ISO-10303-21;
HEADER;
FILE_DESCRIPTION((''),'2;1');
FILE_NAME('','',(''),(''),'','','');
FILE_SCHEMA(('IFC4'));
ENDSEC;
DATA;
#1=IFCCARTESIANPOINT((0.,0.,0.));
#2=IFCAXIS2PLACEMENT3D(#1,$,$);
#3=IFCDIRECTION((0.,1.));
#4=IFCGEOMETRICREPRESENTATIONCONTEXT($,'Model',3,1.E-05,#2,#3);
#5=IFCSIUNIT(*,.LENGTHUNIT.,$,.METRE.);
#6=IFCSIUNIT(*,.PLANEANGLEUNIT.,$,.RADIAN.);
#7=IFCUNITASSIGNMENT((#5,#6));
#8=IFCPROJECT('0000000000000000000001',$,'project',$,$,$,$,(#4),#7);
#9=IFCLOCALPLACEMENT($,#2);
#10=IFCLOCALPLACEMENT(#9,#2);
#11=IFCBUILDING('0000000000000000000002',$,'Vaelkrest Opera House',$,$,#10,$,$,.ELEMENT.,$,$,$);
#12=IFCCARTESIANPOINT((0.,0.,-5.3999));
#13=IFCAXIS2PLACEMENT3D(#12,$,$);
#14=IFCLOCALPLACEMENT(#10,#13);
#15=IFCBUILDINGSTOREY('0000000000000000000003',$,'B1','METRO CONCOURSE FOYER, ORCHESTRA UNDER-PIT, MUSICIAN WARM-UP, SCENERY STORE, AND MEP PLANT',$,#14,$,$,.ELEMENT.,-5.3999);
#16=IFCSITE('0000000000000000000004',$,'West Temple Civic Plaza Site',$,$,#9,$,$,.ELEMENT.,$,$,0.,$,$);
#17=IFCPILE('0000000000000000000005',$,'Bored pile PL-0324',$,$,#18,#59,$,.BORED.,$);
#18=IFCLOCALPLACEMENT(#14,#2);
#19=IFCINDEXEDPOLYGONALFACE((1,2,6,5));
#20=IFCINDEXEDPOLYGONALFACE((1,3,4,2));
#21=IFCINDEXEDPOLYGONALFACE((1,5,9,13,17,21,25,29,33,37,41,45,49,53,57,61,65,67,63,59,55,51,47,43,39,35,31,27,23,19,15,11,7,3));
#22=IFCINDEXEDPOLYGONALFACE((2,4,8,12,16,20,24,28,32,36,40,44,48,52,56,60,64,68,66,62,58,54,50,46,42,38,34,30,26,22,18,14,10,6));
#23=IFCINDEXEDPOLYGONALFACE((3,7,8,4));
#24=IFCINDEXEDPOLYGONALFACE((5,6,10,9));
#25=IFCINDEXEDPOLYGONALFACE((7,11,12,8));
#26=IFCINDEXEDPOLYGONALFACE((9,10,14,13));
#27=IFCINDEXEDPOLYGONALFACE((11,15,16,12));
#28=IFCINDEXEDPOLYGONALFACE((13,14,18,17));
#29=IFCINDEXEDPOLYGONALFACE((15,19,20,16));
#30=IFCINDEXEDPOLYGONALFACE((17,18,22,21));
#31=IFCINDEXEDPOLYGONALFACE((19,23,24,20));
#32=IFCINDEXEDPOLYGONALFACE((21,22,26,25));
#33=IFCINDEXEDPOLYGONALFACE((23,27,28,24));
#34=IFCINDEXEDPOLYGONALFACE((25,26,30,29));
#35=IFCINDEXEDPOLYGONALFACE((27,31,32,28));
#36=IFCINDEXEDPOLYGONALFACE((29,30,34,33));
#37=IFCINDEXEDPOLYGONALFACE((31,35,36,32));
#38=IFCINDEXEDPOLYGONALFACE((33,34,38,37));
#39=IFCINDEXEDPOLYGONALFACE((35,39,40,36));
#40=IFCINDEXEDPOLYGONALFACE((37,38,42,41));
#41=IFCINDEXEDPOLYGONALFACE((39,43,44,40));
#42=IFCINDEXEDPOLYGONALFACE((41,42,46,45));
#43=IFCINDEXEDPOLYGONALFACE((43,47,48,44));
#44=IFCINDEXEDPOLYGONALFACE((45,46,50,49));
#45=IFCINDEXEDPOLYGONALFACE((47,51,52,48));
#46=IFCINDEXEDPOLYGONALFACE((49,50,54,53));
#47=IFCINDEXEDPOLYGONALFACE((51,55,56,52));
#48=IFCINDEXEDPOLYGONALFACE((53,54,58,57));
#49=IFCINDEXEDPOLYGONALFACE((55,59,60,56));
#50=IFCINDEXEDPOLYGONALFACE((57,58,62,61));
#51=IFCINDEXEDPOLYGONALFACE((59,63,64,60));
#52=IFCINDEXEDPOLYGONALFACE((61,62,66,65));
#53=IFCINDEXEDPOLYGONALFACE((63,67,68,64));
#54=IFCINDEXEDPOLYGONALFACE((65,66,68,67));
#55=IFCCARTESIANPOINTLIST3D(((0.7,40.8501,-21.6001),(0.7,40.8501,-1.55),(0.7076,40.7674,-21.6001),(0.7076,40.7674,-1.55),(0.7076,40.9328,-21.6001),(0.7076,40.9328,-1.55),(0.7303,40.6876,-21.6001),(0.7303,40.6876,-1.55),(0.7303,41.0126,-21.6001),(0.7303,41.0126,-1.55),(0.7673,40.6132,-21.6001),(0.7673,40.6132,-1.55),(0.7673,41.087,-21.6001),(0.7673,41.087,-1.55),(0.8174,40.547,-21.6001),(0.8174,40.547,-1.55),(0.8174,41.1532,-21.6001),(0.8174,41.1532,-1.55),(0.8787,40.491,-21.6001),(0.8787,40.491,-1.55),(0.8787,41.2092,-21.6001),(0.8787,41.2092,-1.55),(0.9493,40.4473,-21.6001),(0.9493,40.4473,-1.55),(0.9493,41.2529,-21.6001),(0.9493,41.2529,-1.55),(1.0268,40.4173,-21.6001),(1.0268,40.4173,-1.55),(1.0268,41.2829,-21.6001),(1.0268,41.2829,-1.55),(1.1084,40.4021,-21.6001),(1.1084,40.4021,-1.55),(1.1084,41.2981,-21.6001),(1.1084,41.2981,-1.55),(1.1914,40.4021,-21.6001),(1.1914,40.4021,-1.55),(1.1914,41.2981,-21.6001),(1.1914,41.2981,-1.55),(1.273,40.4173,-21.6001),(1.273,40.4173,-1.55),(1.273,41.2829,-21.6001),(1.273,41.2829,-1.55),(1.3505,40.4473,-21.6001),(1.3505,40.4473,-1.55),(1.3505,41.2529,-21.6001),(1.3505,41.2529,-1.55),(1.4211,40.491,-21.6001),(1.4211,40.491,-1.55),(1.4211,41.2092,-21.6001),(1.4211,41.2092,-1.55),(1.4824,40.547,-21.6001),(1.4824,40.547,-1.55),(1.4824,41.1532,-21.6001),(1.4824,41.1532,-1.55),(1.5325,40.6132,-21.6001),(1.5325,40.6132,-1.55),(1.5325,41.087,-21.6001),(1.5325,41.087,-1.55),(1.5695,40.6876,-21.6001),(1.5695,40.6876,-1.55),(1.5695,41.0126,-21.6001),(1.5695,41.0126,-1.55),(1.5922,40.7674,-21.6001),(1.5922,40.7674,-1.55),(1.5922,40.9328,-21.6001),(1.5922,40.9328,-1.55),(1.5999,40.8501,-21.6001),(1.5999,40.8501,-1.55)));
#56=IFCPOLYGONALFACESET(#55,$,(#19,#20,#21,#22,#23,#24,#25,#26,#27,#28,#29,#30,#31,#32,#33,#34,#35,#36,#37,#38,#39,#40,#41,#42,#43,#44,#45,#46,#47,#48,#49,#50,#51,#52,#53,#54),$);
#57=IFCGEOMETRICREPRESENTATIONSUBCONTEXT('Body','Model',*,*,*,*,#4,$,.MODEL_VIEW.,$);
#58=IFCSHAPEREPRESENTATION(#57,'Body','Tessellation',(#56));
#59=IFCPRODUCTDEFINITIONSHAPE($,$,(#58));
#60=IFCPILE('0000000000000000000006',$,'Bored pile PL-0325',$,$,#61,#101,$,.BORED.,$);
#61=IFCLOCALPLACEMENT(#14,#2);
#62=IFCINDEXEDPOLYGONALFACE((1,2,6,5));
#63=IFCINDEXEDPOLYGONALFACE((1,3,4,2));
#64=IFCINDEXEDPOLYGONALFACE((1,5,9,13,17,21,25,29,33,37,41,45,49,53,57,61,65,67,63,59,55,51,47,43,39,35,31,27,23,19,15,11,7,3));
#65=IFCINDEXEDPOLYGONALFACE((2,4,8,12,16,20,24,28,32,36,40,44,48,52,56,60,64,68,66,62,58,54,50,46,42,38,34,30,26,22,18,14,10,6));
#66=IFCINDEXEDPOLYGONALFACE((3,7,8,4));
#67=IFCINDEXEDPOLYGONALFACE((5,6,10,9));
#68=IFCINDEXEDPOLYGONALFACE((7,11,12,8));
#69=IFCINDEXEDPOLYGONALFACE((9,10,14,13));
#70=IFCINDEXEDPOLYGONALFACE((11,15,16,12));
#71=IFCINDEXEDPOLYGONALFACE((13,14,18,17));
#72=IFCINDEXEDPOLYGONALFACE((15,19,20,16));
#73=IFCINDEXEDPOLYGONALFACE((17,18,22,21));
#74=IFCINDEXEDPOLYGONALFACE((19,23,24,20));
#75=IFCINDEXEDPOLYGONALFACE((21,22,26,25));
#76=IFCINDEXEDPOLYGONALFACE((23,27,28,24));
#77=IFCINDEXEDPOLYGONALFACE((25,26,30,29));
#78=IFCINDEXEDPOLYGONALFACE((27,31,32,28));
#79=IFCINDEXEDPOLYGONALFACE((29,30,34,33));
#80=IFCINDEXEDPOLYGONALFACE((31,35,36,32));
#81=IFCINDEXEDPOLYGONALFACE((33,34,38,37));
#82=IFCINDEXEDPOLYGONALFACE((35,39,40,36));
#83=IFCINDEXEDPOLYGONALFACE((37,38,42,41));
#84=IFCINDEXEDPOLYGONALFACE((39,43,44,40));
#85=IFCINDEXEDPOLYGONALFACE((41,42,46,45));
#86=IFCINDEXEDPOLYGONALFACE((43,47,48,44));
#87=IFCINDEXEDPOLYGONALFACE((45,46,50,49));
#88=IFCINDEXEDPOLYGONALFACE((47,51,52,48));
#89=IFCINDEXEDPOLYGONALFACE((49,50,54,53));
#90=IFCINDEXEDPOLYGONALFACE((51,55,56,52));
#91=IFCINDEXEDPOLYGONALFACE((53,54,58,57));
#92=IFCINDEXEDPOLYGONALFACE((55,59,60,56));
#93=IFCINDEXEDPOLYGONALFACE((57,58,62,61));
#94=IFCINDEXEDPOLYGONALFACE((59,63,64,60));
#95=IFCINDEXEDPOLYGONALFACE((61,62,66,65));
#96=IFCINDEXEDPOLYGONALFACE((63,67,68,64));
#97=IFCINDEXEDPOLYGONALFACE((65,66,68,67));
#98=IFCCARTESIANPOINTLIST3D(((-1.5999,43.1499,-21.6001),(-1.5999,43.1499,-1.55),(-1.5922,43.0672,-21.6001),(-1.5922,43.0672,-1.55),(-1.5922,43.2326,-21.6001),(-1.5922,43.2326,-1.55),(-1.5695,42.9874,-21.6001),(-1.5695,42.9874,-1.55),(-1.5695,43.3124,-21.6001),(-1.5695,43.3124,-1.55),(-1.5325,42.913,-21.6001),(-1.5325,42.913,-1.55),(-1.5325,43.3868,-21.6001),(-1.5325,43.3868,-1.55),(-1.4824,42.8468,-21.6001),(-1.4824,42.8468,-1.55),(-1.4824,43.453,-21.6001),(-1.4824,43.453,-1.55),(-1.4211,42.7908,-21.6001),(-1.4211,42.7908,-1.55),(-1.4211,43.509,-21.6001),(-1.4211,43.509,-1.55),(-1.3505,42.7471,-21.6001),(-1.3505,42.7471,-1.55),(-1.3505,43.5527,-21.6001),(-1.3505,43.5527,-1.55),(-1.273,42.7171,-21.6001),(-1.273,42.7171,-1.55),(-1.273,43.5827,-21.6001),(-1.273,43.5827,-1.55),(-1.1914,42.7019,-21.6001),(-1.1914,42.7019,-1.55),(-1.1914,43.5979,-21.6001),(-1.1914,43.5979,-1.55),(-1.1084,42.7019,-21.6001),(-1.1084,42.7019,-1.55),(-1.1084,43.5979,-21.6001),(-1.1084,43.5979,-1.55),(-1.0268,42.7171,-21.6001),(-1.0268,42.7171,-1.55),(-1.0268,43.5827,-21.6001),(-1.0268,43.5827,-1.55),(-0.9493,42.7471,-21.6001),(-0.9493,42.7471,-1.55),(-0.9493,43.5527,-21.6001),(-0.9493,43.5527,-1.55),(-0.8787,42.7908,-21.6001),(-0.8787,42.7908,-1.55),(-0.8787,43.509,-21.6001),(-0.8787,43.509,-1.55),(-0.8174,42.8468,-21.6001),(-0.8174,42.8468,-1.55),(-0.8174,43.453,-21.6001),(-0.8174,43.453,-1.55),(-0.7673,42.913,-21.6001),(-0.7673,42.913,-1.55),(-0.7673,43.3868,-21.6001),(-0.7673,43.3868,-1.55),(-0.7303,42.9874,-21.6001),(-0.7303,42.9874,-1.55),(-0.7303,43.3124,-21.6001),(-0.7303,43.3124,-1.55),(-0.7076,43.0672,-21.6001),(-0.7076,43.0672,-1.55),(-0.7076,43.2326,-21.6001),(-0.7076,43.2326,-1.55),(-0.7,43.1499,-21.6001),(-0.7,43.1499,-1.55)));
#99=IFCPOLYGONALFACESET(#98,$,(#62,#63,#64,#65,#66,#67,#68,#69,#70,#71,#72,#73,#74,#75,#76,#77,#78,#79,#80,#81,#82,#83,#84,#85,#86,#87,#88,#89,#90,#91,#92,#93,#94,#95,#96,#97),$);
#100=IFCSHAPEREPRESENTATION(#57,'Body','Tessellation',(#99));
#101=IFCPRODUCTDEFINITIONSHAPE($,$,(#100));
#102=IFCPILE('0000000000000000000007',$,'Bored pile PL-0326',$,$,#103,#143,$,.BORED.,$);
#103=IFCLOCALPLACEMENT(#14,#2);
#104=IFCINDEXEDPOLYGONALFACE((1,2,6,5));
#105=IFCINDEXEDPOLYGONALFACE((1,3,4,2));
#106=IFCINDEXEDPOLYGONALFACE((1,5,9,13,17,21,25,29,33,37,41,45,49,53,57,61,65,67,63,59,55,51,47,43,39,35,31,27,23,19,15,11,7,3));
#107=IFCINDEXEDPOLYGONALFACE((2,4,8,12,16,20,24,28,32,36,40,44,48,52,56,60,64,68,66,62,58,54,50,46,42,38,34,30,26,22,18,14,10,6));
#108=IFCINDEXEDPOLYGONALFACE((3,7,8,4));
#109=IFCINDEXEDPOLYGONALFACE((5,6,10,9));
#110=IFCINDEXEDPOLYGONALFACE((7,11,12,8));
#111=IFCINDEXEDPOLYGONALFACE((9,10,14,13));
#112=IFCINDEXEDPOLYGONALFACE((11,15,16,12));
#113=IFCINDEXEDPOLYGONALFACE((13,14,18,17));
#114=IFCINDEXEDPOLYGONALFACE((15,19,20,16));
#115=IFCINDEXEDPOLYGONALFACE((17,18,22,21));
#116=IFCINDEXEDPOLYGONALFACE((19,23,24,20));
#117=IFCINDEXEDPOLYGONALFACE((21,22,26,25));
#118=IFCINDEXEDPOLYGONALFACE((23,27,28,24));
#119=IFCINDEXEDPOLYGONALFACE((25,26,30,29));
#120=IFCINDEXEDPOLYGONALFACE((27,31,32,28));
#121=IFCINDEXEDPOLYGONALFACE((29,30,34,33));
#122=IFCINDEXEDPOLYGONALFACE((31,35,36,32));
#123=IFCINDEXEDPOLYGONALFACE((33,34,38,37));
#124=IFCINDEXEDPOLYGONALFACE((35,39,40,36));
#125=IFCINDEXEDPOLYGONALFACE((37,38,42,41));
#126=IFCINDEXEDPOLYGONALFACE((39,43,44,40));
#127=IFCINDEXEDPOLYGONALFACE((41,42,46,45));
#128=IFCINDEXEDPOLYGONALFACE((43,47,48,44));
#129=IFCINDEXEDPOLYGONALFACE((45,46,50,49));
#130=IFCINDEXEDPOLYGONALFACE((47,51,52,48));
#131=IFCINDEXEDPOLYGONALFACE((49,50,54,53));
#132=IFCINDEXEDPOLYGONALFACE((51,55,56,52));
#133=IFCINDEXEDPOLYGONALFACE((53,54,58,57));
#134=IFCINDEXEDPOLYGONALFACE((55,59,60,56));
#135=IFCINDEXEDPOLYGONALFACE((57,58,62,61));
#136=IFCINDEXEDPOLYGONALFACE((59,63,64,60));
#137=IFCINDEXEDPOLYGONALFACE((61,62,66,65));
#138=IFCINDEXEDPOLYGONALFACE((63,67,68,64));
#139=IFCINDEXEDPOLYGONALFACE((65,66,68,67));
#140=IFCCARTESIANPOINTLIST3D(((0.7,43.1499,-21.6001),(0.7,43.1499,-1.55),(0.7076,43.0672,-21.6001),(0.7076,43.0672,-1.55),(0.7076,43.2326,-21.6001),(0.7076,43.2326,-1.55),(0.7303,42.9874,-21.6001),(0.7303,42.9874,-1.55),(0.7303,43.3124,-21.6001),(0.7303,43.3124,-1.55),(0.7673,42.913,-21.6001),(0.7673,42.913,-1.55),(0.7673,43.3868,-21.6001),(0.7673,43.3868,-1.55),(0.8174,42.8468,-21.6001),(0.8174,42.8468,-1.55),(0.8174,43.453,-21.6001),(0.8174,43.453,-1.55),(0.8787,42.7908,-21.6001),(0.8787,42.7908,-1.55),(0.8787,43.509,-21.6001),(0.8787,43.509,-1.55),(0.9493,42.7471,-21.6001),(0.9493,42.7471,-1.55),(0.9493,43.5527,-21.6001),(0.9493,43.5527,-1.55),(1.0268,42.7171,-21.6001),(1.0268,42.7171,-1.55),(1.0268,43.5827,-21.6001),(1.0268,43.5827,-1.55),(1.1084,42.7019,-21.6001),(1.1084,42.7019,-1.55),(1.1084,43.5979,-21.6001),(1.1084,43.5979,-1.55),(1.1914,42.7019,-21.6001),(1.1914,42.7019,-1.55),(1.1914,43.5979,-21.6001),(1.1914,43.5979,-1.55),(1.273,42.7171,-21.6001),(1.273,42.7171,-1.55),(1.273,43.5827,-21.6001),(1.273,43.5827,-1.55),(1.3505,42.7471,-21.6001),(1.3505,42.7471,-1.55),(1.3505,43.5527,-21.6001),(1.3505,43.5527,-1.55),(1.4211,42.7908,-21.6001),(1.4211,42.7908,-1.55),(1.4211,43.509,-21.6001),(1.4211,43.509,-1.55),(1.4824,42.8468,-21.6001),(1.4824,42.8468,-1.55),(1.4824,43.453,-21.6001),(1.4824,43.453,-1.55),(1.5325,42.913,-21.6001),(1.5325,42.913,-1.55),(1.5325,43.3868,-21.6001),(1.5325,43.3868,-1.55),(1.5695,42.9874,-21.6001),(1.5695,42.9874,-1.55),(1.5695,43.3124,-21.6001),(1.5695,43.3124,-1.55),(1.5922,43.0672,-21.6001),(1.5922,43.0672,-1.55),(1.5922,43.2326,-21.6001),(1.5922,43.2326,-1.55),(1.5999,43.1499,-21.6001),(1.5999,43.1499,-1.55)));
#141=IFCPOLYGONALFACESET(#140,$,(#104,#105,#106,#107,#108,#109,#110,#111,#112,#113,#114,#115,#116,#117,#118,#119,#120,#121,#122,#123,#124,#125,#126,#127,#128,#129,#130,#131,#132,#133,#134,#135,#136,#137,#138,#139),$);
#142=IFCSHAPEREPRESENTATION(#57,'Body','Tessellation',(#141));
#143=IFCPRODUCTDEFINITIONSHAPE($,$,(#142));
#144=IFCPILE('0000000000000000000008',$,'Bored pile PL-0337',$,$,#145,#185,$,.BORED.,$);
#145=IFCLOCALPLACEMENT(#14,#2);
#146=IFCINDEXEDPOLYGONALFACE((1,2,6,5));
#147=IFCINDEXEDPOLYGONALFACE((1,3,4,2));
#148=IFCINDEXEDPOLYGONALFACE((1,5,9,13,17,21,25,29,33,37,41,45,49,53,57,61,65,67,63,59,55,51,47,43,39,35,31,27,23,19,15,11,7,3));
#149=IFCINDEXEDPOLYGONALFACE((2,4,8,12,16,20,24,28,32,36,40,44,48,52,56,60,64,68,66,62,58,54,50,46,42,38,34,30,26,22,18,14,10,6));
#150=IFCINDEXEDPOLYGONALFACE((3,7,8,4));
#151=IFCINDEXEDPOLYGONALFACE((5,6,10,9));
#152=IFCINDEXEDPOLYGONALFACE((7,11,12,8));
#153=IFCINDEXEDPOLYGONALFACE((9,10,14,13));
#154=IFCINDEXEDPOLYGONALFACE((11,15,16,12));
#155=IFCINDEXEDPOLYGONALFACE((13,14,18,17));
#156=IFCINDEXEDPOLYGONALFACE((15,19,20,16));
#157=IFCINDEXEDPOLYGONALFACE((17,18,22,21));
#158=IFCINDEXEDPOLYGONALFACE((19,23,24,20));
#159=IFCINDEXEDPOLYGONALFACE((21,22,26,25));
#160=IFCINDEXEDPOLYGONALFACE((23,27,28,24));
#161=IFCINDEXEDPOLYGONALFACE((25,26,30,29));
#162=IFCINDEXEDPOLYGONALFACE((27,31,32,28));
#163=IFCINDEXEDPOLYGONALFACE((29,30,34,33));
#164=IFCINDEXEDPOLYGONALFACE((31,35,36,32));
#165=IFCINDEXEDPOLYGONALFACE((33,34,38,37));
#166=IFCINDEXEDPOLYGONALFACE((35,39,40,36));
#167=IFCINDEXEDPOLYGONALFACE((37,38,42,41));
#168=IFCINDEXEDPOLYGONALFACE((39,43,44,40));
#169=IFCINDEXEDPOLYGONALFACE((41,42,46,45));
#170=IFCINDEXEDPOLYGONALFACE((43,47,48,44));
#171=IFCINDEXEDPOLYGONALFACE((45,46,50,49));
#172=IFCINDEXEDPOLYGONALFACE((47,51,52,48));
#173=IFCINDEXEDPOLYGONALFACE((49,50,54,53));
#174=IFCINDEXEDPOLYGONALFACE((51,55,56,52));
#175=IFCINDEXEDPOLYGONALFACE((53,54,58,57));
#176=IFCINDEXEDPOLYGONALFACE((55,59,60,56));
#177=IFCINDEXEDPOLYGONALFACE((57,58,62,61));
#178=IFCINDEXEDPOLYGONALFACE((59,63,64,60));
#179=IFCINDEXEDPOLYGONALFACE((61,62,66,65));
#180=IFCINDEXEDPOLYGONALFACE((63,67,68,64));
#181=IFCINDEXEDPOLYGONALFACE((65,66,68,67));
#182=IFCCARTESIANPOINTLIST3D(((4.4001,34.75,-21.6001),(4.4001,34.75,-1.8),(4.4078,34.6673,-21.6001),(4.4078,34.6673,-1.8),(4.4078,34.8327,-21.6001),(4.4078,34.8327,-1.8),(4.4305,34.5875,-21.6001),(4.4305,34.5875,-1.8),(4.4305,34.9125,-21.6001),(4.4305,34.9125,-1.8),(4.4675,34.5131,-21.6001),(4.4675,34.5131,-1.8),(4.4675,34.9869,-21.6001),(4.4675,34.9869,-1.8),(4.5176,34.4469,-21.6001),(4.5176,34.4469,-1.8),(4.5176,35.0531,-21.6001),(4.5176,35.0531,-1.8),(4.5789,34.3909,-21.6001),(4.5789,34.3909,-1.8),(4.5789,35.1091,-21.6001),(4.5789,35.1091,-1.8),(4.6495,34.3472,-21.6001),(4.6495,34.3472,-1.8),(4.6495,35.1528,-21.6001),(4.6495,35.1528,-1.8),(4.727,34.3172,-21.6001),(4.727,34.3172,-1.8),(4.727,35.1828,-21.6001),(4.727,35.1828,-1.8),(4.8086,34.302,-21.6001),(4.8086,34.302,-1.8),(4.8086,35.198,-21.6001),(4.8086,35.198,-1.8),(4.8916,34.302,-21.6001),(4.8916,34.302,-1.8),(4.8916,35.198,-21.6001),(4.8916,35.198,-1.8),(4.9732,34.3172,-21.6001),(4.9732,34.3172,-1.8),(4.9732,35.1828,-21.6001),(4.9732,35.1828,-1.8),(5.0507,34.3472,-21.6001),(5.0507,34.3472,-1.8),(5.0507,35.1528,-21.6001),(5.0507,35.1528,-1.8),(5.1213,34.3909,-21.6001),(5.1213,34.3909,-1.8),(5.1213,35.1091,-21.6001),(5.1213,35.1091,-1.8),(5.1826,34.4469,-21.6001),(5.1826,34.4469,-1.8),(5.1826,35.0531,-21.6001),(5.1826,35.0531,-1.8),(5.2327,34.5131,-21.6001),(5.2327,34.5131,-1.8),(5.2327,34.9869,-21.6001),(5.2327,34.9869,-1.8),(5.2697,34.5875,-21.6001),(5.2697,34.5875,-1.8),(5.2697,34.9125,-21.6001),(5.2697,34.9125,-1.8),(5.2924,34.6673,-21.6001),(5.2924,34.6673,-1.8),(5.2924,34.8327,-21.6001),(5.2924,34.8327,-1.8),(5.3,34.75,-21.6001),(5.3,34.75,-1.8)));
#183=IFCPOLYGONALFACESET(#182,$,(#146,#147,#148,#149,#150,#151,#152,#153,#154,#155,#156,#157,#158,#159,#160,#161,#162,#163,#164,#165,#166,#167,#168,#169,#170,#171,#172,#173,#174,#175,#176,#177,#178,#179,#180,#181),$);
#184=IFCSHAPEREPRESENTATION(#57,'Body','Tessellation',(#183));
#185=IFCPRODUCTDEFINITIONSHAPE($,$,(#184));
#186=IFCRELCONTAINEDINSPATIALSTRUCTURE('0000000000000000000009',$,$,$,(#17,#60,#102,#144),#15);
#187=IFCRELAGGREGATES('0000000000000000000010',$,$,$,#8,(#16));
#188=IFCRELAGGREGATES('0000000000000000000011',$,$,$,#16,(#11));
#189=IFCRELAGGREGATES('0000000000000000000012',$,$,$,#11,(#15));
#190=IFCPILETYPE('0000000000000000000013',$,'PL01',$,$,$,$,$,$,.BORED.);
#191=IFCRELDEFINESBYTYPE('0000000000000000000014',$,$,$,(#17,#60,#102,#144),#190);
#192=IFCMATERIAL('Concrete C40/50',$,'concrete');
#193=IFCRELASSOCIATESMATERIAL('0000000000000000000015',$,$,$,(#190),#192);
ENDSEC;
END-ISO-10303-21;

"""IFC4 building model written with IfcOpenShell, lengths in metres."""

from ifc_helpers import new_model, si_unit, direction, frame, origin, origin_2d, place, context, subcontext, project, spatial, circle, extrude, material, material_profile, profile_set, type_object, element, save


model = new_model("IFC4")

# Units and contexts
model_context = context("Model", 3, precision=1e-05, world=origin(), true_north=direction((0.0, 1.0)))
body_context = subcontext(model_context, "Body", "Model", "MODEL_VIEW")
ifc_project = project(units=[si_unit("LENGTHUNIT", "METRE"), si_unit("PLANEANGLEUNIT", "RADIAN")], contexts=[model_context])

# Site, building, storey
site_placement = place(None, origin())
site = spatial("IfcSite", under=ifc_project, at=site_placement, Name="West Temple Civic Plaza Site", CompositionType="ELEMENT", RefElevation=0.0)
building_placement = place(site_placement, origin())
building = spatial("IfcBuilding", under=site, at=building_placement, Name="Vaelkrest Opera House", CompositionType="ELEMENT")
storey_placement = place(building_placement, frame((0.0, 0.0, -5.3999)))
storey = spatial("IfcBuildingStorey", under=building, at=storey_placement, Name="B1", Description="METRO CONCOURSE FOYER, ORCHESTRA UNDER-PIT, MUSICIAN WARM-UP, SCENERY STORE, AND MEP PLANT", CompositionType="ELEMENT", Elevation=-5.3999)

# Shared definitions
ifc_material_1 = material(Name="Concrete C40/50", Category="concrete")

# Piles
ifc_material_profile_1 = material_profile(ifc_material_1, circle(Radius=0.45, at=origin_2d()), Name="PILE900")
ifc_profile_set_1 = profile_set([ifc_material_profile_1], Name="Concrete C40/50")
pile_type = type_object("IfcPileType", Name="PL01", PredefinedType="BORED", material=ifc_profile_set_1)
for number, where, z_axis, x_axis, name in (
    (1, (1.1499, 40.8501, -1.55), (0.0, 0.0, -1.0), (1.0, 0.0, 0.0), "Bored pile PL-0324"),
    (2, (-1.1499, 43.1499, -1.55), (0.0, 0.0, -1.0), (1.0, 0.0, 0.0), "Bored pile PL-0325"),
    (3, (1.1499, 43.1499, -1.55), (0.0, 0.0, -1.0), (1.0, 0.0, 0.0), "Bored pile PL-0326"),
):
    element("IfcPile", number, at=place(storey_placement, frame(where, z_axis=z_axis, x_axis=x_axis)), inside=storey, type_object=pile_type, Name=name, PredefinedType="BORED", context=body_context, shape_type="SweptSolid", body=[
        extrude(circle(Radius=0.45, at=origin_2d()), origin(), (0.0, 0.0, 1.0), 20.05),
    ])
pile_1_placement = place(storey_placement, frame((4.8501, 34.75, -1.8), z_axis=(0.0, 0.0, -1.0), x_axis=(1.0, 0.0, 0.0)))
element("IfcPile", 4, at=pile_1_placement, inside=storey, type_object=pile_type, Name="Bored pile PL-0337", PredefinedType="BORED", context=body_context, shape_type="SweptSolid", body=[
    extrude(circle(Radius=0.45, at=origin_2d()), origin(), (0.0, 0.0, 1.0), 19.8),
])

save(model, "model.ifc")
